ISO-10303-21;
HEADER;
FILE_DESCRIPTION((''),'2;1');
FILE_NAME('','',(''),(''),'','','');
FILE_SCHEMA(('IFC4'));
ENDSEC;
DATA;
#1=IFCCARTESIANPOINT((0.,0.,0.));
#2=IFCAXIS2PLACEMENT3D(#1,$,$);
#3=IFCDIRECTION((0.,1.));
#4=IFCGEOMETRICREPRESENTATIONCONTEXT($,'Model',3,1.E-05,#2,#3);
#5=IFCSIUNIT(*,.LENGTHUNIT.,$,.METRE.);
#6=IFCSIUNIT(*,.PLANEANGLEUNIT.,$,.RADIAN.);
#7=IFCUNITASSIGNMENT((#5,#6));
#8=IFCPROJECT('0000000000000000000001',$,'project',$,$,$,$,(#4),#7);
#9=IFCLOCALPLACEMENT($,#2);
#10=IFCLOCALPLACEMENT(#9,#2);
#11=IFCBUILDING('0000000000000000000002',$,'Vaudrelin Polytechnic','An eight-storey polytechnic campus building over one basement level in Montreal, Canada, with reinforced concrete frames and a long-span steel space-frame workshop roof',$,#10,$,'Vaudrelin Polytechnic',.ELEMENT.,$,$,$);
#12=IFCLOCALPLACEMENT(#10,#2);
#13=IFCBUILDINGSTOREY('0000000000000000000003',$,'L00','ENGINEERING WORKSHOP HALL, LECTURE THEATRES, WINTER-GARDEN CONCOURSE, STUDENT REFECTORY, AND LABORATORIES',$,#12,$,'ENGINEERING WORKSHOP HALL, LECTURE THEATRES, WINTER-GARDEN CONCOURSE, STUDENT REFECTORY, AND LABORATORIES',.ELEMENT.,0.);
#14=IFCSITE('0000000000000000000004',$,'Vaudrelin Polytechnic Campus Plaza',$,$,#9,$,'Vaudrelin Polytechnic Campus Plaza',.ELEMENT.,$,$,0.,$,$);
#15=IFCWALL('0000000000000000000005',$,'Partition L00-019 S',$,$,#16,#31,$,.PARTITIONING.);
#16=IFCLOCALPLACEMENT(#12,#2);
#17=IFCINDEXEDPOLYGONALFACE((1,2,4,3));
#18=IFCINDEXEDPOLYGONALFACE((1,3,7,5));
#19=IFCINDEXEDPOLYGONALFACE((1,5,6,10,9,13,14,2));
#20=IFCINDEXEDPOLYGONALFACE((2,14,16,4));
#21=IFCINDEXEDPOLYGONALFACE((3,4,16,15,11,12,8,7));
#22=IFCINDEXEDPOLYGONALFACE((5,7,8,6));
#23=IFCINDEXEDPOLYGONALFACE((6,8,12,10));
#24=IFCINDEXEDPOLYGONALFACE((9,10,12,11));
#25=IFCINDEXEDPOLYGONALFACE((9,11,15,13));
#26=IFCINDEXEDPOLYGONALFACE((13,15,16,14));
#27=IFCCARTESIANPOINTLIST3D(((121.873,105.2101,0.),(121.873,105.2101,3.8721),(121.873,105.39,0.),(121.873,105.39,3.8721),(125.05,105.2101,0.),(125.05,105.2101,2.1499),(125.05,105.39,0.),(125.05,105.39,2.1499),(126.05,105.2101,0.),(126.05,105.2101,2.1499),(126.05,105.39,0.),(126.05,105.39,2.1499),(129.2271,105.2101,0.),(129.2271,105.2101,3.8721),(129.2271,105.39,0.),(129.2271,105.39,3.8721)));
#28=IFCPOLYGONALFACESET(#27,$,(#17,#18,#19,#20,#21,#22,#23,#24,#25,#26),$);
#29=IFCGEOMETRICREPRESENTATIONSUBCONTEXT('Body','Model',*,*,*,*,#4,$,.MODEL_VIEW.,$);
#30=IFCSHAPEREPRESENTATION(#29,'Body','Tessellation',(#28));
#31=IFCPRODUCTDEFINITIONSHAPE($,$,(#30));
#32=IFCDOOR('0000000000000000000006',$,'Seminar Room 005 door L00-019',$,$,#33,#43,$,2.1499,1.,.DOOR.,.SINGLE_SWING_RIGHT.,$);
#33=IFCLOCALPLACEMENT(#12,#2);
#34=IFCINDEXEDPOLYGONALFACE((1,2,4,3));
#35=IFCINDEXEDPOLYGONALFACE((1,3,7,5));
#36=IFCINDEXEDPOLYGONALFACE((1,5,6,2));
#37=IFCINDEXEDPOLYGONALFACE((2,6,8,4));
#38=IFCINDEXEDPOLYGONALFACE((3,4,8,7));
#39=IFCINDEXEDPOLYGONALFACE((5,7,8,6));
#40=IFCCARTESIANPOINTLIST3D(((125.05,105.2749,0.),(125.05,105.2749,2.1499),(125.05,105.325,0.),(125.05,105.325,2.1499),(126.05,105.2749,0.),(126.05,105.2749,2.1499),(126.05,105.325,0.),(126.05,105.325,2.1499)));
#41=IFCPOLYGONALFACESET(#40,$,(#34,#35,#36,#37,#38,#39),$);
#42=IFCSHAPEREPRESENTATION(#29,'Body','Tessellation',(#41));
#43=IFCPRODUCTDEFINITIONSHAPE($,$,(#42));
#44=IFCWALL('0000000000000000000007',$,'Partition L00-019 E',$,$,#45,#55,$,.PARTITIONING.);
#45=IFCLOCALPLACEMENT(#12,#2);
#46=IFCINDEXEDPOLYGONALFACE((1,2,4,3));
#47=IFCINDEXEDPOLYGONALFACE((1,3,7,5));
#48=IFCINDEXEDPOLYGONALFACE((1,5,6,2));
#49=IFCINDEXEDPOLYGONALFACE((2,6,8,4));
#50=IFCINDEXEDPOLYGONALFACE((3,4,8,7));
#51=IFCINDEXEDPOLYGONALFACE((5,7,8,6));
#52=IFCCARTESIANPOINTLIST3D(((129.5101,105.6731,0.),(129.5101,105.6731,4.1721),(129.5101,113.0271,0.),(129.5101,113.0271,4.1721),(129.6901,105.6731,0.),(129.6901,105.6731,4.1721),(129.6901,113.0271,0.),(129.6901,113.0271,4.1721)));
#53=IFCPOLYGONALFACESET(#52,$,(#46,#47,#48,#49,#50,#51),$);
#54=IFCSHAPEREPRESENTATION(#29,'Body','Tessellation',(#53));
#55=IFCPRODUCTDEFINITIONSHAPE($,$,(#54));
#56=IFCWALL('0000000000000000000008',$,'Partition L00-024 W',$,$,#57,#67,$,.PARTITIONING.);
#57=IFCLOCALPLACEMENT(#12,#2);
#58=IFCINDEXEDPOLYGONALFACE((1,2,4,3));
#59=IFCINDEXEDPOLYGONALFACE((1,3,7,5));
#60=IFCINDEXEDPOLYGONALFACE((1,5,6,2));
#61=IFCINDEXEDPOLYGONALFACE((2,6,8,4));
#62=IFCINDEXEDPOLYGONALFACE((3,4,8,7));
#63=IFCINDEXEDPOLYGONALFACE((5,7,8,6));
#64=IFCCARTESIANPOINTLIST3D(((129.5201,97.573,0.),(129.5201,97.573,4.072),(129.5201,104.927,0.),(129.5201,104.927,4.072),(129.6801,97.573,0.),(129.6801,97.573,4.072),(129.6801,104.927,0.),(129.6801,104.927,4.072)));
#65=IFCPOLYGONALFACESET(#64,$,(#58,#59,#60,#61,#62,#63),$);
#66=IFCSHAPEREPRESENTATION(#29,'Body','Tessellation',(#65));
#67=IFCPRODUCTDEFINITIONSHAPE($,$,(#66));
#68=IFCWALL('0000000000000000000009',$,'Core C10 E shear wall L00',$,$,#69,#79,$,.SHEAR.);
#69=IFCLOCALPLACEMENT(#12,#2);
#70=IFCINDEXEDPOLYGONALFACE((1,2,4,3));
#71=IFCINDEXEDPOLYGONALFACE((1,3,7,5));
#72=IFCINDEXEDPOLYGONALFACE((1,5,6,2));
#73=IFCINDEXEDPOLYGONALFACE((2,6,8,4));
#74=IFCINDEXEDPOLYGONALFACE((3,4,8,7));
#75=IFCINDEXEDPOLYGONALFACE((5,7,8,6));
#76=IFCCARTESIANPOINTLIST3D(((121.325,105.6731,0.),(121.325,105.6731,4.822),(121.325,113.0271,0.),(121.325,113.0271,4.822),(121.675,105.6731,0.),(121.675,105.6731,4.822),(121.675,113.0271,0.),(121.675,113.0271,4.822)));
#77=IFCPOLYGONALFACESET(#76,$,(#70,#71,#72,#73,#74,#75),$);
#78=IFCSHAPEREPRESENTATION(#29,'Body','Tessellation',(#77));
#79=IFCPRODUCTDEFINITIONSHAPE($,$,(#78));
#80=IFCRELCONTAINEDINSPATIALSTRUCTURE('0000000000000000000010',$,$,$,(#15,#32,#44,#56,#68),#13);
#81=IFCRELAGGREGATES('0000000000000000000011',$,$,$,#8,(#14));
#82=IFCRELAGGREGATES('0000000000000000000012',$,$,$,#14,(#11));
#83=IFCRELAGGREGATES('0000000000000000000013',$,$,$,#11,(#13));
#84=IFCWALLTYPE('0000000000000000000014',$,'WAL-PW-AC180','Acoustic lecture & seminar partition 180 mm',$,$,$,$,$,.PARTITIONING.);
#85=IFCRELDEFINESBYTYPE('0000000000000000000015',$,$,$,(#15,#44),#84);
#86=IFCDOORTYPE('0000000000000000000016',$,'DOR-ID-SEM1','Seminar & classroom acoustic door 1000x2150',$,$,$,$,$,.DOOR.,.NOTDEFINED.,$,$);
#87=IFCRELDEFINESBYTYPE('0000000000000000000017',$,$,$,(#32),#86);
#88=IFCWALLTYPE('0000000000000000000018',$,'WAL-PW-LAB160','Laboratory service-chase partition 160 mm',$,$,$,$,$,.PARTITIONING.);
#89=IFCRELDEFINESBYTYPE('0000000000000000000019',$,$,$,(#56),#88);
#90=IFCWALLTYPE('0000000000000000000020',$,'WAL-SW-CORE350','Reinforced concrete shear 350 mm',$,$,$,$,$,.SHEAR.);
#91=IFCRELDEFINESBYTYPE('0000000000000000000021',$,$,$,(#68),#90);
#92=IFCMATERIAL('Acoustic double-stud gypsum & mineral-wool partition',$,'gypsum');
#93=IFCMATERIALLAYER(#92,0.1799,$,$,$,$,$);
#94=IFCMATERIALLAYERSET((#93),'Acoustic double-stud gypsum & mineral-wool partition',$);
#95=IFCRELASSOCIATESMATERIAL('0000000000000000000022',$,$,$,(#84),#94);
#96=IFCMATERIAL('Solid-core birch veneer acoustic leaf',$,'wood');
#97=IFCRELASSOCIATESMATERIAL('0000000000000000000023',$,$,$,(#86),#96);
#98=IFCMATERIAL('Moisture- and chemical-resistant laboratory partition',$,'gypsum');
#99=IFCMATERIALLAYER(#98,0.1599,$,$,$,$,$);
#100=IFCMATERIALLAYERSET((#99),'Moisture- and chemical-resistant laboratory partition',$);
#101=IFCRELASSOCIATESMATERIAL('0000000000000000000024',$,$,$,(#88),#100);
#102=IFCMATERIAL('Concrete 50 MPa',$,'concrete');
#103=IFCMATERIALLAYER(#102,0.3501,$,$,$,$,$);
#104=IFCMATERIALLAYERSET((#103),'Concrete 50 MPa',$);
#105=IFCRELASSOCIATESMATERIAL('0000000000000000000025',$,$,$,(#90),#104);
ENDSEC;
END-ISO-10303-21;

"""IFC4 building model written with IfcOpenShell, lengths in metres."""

from ifc_helpers import new_model, si_unit, direction, frame, frame_2d, origin, place, context, subcontext, project, spatial, rectangle, extrude, material, layer, layer_set, type_object, element, fill, save


model = new_model("IFC4")

# Units and contexts
model_context = context("Model", 3, precision=1e-05, world=origin(), true_north=direction((0.0, 1.0)))
body_context = subcontext(model_context, "Body", "Model", "MODEL_VIEW")
ifc_project = project(units=[si_unit("LENGTHUNIT", "METRE"), si_unit("PLANEANGLEUNIT", "RADIAN")], contexts=[model_context])

# Site, building, storey
site_placement = place(None, origin())
site = spatial("IfcSite", under=ifc_project, at=site_placement, Name="Vaudrelin Polytechnic Campus Plaza", LongName="Vaudrelin Polytechnic Campus Plaza", CompositionType="ELEMENT", RefElevation=0.0)
building_placement = place(site_placement, origin())
building = spatial("IfcBuilding", under=site, at=building_placement, Name="Vaudrelin Polytechnic", Description="An eight-storey polytechnic campus building over one basement level in Montreal, Canada, with reinforced concrete frames and a long-span steel space-frame workshop roof", LongName="Vaudrelin Polytechnic", CompositionType="ELEMENT")
storey_placement = place(building_placement, origin())
storey = spatial("IfcBuildingStorey", under=building, at=storey_placement, Name="L00", Description="ENGINEERING WORKSHOP HALL, LECTURE THEATRES, WINTER-GARDEN CONCOURSE, STUDENT REFECTORY, AND LABORATORIES", LongName="ENGINEERING WORKSHOP HALL, LECTURE THEATRES, WINTER-GARDEN CONCOURSE, STUDENT REFECTORY, AND LABORATORIES", CompositionType="ELEMENT", Elevation=0.0)

# Shared definitions
ifc_material_1 = material(Name="Concrete 50 MPa", Category="concrete")

# Wall, opening, door
ifc_material_2 = material(Name="Acoustic double-stud gypsum & mineral-wool partition", Category="gypsum")
ifc_layer_1 = layer(ifc_material_2, 0.1799)
ifc_layer_set_1 = layer_set([ifc_layer_1], Name="Acoustic double-stud gypsum & mineral-wool partition")
wall_type_1 = type_object("IfcWallType", Name="WAL-PW-AC180", Description="Acoustic lecture & seminar partition 180 mm", PredefinedType="PARTITIONING", material=ifc_layer_set_1)
wall_1_placement = place(storey_placement, frame((121.873, 105.3, 0.0), z_axis=(0.0, 0.0, 1.0), x_axis=(1.0, 0.0, 0.0)))
wall_1 = element("IfcWall", 1, at=wall_1_placement, inside=storey, type_object=wall_type_1, Name="Partition L00-019 S", PredefinedType="PARTITIONING", context=body_context, shape_type="SweptSolid", body=[
    extrude(rectangle(XDim=7.354, YDim=0.1799, at=frame_2d((3.677, 0.0))), origin(), (0.0, 0.0, 1.0), 3.8721),
])
opening_placement = place(wall_1_placement, frame((3.177, 0.0, 0.0)))
opening = element("IfcOpeningElement", 2, at=opening_placement, cuts=wall_1, PredefinedType="OPENING", context=body_context, shape_type="SweptSolid", body=[
    extrude(rectangle(XDim=1.0, YDim=2.1499, at=frame_2d((0.5, 1.075))), frame((0.0, 0.1001, 0.0), z_axis=(0.0, -1.0, 0.0), x_axis=(1.0, 0.0, 0.0)), (0.0, 0.0, 1.0), 0.2),
])
ifc_material_3 = material(Name="Solid-core birch veneer acoustic leaf", Category="wood")
door_type = type_object("IfcDoorType", Name="DOR-ID-SEM1", Description="Seminar & classroom acoustic door 1000x2150", OperationType="NOTDEFINED", PredefinedType="DOOR", material=ifc_material_3)
door_placement = place(opening_placement, origin())
door = element("IfcDoor", 3, at=door_placement, inside=storey, type_object=door_type, Name="Seminar Room 005 door L00-019", OperationType="SINGLE_SWING_RIGHT", OverallHeight=2.1499, OverallWidth=1.0, PredefinedType="DOOR", context=body_context, shape_type="SweptSolid", body=[
    extrude(rectangle(XDim=1.0, YDim=2.1499, at=frame_2d((0.5, 1.075))), frame((0.0, 0.0249, 0.0), z_axis=(0.0, -1.0, 0.0), x_axis=(1.0, 0.0, 0.0)), (0.0, 0.0, 1.0), 0.05),
])
fill(opening, door)

# Walls
wall_2_placement = place(storey_placement, frame((129.6001, 105.6731, 0.0), z_axis=(0.0, 0.0, 1.0), x_axis=(0.0, 1.0, 0.0)))
element("IfcWall", 4, at=wall_2_placement, inside=storey, type_object=wall_type_1, Name="Partition L00-019 E", PredefinedType="PARTITIONING", context=body_context, shape_type="SweptSolid", body=[
    extrude(rectangle(XDim=7.354, YDim=0.1799, at=frame_2d((3.677, 0.0))), origin(), (0.0, 0.0, 1.0), 4.1721),
])
ifc_material_4 = material(Name="Moisture- and chemical-resistant laboratory partition", Category="gypsum")
ifc_layer_2 = layer(ifc_material_4, 0.1599)
ifc_layer_set_2 = layer_set([ifc_layer_2], Name="Moisture- and chemical-resistant laboratory partition")
wall_type_2 = type_object("IfcWallType", Name="WAL-PW-LAB160", Description="Laboratory service-chase partition 160 mm", PredefinedType="PARTITIONING", material=ifc_layer_set_2)
wall_3_placement = place(storey_placement, frame((129.6001, 97.573, 0.0), z_axis=(0.0, 0.0, 1.0), x_axis=(0.0, 1.0, 0.0)))
element("IfcWall", 5, at=wall_3_placement, inside=storey, type_object=wall_type_2, Name="Partition L00-024 W", PredefinedType="PARTITIONING", context=body_context, shape_type="SweptSolid", body=[
    extrude(rectangle(XDim=7.354, YDim=0.1599, at=frame_2d((3.677, 0.0))), origin(), (0.0, 0.0, 1.0), 4.072),
])
ifc_layer_3 = layer(ifc_material_1, 0.3501)
ifc_layer_set_3 = layer_set([ifc_layer_3], Name="Concrete 50 MPa")
wall_type_3 = type_object("IfcWallType", Name="WAL-SW-CORE350", Description="Reinforced concrete shear 350 mm", PredefinedType="SHEAR", material=ifc_layer_set_3)
wall_4_placement = place(storey_placement, frame((121.5, 105.6731, 0.0), z_axis=(0.0, 0.0, 1.0), x_axis=(0.0, 1.0, 0.0)))
element("IfcWall", 6, at=wall_4_placement, inside=storey, type_object=wall_type_3, Name="Core C10 E shear wall L00", PredefinedType="SHEAR", context=body_context, shape_type="SweptSolid", body=[
    extrude(rectangle(XDim=7.354, YDim=0.3501, at=frame_2d((3.677, 0.0))), origin(), (0.0, 0.0, 1.0), 4.822),
])

save(model, "model.ifc")
